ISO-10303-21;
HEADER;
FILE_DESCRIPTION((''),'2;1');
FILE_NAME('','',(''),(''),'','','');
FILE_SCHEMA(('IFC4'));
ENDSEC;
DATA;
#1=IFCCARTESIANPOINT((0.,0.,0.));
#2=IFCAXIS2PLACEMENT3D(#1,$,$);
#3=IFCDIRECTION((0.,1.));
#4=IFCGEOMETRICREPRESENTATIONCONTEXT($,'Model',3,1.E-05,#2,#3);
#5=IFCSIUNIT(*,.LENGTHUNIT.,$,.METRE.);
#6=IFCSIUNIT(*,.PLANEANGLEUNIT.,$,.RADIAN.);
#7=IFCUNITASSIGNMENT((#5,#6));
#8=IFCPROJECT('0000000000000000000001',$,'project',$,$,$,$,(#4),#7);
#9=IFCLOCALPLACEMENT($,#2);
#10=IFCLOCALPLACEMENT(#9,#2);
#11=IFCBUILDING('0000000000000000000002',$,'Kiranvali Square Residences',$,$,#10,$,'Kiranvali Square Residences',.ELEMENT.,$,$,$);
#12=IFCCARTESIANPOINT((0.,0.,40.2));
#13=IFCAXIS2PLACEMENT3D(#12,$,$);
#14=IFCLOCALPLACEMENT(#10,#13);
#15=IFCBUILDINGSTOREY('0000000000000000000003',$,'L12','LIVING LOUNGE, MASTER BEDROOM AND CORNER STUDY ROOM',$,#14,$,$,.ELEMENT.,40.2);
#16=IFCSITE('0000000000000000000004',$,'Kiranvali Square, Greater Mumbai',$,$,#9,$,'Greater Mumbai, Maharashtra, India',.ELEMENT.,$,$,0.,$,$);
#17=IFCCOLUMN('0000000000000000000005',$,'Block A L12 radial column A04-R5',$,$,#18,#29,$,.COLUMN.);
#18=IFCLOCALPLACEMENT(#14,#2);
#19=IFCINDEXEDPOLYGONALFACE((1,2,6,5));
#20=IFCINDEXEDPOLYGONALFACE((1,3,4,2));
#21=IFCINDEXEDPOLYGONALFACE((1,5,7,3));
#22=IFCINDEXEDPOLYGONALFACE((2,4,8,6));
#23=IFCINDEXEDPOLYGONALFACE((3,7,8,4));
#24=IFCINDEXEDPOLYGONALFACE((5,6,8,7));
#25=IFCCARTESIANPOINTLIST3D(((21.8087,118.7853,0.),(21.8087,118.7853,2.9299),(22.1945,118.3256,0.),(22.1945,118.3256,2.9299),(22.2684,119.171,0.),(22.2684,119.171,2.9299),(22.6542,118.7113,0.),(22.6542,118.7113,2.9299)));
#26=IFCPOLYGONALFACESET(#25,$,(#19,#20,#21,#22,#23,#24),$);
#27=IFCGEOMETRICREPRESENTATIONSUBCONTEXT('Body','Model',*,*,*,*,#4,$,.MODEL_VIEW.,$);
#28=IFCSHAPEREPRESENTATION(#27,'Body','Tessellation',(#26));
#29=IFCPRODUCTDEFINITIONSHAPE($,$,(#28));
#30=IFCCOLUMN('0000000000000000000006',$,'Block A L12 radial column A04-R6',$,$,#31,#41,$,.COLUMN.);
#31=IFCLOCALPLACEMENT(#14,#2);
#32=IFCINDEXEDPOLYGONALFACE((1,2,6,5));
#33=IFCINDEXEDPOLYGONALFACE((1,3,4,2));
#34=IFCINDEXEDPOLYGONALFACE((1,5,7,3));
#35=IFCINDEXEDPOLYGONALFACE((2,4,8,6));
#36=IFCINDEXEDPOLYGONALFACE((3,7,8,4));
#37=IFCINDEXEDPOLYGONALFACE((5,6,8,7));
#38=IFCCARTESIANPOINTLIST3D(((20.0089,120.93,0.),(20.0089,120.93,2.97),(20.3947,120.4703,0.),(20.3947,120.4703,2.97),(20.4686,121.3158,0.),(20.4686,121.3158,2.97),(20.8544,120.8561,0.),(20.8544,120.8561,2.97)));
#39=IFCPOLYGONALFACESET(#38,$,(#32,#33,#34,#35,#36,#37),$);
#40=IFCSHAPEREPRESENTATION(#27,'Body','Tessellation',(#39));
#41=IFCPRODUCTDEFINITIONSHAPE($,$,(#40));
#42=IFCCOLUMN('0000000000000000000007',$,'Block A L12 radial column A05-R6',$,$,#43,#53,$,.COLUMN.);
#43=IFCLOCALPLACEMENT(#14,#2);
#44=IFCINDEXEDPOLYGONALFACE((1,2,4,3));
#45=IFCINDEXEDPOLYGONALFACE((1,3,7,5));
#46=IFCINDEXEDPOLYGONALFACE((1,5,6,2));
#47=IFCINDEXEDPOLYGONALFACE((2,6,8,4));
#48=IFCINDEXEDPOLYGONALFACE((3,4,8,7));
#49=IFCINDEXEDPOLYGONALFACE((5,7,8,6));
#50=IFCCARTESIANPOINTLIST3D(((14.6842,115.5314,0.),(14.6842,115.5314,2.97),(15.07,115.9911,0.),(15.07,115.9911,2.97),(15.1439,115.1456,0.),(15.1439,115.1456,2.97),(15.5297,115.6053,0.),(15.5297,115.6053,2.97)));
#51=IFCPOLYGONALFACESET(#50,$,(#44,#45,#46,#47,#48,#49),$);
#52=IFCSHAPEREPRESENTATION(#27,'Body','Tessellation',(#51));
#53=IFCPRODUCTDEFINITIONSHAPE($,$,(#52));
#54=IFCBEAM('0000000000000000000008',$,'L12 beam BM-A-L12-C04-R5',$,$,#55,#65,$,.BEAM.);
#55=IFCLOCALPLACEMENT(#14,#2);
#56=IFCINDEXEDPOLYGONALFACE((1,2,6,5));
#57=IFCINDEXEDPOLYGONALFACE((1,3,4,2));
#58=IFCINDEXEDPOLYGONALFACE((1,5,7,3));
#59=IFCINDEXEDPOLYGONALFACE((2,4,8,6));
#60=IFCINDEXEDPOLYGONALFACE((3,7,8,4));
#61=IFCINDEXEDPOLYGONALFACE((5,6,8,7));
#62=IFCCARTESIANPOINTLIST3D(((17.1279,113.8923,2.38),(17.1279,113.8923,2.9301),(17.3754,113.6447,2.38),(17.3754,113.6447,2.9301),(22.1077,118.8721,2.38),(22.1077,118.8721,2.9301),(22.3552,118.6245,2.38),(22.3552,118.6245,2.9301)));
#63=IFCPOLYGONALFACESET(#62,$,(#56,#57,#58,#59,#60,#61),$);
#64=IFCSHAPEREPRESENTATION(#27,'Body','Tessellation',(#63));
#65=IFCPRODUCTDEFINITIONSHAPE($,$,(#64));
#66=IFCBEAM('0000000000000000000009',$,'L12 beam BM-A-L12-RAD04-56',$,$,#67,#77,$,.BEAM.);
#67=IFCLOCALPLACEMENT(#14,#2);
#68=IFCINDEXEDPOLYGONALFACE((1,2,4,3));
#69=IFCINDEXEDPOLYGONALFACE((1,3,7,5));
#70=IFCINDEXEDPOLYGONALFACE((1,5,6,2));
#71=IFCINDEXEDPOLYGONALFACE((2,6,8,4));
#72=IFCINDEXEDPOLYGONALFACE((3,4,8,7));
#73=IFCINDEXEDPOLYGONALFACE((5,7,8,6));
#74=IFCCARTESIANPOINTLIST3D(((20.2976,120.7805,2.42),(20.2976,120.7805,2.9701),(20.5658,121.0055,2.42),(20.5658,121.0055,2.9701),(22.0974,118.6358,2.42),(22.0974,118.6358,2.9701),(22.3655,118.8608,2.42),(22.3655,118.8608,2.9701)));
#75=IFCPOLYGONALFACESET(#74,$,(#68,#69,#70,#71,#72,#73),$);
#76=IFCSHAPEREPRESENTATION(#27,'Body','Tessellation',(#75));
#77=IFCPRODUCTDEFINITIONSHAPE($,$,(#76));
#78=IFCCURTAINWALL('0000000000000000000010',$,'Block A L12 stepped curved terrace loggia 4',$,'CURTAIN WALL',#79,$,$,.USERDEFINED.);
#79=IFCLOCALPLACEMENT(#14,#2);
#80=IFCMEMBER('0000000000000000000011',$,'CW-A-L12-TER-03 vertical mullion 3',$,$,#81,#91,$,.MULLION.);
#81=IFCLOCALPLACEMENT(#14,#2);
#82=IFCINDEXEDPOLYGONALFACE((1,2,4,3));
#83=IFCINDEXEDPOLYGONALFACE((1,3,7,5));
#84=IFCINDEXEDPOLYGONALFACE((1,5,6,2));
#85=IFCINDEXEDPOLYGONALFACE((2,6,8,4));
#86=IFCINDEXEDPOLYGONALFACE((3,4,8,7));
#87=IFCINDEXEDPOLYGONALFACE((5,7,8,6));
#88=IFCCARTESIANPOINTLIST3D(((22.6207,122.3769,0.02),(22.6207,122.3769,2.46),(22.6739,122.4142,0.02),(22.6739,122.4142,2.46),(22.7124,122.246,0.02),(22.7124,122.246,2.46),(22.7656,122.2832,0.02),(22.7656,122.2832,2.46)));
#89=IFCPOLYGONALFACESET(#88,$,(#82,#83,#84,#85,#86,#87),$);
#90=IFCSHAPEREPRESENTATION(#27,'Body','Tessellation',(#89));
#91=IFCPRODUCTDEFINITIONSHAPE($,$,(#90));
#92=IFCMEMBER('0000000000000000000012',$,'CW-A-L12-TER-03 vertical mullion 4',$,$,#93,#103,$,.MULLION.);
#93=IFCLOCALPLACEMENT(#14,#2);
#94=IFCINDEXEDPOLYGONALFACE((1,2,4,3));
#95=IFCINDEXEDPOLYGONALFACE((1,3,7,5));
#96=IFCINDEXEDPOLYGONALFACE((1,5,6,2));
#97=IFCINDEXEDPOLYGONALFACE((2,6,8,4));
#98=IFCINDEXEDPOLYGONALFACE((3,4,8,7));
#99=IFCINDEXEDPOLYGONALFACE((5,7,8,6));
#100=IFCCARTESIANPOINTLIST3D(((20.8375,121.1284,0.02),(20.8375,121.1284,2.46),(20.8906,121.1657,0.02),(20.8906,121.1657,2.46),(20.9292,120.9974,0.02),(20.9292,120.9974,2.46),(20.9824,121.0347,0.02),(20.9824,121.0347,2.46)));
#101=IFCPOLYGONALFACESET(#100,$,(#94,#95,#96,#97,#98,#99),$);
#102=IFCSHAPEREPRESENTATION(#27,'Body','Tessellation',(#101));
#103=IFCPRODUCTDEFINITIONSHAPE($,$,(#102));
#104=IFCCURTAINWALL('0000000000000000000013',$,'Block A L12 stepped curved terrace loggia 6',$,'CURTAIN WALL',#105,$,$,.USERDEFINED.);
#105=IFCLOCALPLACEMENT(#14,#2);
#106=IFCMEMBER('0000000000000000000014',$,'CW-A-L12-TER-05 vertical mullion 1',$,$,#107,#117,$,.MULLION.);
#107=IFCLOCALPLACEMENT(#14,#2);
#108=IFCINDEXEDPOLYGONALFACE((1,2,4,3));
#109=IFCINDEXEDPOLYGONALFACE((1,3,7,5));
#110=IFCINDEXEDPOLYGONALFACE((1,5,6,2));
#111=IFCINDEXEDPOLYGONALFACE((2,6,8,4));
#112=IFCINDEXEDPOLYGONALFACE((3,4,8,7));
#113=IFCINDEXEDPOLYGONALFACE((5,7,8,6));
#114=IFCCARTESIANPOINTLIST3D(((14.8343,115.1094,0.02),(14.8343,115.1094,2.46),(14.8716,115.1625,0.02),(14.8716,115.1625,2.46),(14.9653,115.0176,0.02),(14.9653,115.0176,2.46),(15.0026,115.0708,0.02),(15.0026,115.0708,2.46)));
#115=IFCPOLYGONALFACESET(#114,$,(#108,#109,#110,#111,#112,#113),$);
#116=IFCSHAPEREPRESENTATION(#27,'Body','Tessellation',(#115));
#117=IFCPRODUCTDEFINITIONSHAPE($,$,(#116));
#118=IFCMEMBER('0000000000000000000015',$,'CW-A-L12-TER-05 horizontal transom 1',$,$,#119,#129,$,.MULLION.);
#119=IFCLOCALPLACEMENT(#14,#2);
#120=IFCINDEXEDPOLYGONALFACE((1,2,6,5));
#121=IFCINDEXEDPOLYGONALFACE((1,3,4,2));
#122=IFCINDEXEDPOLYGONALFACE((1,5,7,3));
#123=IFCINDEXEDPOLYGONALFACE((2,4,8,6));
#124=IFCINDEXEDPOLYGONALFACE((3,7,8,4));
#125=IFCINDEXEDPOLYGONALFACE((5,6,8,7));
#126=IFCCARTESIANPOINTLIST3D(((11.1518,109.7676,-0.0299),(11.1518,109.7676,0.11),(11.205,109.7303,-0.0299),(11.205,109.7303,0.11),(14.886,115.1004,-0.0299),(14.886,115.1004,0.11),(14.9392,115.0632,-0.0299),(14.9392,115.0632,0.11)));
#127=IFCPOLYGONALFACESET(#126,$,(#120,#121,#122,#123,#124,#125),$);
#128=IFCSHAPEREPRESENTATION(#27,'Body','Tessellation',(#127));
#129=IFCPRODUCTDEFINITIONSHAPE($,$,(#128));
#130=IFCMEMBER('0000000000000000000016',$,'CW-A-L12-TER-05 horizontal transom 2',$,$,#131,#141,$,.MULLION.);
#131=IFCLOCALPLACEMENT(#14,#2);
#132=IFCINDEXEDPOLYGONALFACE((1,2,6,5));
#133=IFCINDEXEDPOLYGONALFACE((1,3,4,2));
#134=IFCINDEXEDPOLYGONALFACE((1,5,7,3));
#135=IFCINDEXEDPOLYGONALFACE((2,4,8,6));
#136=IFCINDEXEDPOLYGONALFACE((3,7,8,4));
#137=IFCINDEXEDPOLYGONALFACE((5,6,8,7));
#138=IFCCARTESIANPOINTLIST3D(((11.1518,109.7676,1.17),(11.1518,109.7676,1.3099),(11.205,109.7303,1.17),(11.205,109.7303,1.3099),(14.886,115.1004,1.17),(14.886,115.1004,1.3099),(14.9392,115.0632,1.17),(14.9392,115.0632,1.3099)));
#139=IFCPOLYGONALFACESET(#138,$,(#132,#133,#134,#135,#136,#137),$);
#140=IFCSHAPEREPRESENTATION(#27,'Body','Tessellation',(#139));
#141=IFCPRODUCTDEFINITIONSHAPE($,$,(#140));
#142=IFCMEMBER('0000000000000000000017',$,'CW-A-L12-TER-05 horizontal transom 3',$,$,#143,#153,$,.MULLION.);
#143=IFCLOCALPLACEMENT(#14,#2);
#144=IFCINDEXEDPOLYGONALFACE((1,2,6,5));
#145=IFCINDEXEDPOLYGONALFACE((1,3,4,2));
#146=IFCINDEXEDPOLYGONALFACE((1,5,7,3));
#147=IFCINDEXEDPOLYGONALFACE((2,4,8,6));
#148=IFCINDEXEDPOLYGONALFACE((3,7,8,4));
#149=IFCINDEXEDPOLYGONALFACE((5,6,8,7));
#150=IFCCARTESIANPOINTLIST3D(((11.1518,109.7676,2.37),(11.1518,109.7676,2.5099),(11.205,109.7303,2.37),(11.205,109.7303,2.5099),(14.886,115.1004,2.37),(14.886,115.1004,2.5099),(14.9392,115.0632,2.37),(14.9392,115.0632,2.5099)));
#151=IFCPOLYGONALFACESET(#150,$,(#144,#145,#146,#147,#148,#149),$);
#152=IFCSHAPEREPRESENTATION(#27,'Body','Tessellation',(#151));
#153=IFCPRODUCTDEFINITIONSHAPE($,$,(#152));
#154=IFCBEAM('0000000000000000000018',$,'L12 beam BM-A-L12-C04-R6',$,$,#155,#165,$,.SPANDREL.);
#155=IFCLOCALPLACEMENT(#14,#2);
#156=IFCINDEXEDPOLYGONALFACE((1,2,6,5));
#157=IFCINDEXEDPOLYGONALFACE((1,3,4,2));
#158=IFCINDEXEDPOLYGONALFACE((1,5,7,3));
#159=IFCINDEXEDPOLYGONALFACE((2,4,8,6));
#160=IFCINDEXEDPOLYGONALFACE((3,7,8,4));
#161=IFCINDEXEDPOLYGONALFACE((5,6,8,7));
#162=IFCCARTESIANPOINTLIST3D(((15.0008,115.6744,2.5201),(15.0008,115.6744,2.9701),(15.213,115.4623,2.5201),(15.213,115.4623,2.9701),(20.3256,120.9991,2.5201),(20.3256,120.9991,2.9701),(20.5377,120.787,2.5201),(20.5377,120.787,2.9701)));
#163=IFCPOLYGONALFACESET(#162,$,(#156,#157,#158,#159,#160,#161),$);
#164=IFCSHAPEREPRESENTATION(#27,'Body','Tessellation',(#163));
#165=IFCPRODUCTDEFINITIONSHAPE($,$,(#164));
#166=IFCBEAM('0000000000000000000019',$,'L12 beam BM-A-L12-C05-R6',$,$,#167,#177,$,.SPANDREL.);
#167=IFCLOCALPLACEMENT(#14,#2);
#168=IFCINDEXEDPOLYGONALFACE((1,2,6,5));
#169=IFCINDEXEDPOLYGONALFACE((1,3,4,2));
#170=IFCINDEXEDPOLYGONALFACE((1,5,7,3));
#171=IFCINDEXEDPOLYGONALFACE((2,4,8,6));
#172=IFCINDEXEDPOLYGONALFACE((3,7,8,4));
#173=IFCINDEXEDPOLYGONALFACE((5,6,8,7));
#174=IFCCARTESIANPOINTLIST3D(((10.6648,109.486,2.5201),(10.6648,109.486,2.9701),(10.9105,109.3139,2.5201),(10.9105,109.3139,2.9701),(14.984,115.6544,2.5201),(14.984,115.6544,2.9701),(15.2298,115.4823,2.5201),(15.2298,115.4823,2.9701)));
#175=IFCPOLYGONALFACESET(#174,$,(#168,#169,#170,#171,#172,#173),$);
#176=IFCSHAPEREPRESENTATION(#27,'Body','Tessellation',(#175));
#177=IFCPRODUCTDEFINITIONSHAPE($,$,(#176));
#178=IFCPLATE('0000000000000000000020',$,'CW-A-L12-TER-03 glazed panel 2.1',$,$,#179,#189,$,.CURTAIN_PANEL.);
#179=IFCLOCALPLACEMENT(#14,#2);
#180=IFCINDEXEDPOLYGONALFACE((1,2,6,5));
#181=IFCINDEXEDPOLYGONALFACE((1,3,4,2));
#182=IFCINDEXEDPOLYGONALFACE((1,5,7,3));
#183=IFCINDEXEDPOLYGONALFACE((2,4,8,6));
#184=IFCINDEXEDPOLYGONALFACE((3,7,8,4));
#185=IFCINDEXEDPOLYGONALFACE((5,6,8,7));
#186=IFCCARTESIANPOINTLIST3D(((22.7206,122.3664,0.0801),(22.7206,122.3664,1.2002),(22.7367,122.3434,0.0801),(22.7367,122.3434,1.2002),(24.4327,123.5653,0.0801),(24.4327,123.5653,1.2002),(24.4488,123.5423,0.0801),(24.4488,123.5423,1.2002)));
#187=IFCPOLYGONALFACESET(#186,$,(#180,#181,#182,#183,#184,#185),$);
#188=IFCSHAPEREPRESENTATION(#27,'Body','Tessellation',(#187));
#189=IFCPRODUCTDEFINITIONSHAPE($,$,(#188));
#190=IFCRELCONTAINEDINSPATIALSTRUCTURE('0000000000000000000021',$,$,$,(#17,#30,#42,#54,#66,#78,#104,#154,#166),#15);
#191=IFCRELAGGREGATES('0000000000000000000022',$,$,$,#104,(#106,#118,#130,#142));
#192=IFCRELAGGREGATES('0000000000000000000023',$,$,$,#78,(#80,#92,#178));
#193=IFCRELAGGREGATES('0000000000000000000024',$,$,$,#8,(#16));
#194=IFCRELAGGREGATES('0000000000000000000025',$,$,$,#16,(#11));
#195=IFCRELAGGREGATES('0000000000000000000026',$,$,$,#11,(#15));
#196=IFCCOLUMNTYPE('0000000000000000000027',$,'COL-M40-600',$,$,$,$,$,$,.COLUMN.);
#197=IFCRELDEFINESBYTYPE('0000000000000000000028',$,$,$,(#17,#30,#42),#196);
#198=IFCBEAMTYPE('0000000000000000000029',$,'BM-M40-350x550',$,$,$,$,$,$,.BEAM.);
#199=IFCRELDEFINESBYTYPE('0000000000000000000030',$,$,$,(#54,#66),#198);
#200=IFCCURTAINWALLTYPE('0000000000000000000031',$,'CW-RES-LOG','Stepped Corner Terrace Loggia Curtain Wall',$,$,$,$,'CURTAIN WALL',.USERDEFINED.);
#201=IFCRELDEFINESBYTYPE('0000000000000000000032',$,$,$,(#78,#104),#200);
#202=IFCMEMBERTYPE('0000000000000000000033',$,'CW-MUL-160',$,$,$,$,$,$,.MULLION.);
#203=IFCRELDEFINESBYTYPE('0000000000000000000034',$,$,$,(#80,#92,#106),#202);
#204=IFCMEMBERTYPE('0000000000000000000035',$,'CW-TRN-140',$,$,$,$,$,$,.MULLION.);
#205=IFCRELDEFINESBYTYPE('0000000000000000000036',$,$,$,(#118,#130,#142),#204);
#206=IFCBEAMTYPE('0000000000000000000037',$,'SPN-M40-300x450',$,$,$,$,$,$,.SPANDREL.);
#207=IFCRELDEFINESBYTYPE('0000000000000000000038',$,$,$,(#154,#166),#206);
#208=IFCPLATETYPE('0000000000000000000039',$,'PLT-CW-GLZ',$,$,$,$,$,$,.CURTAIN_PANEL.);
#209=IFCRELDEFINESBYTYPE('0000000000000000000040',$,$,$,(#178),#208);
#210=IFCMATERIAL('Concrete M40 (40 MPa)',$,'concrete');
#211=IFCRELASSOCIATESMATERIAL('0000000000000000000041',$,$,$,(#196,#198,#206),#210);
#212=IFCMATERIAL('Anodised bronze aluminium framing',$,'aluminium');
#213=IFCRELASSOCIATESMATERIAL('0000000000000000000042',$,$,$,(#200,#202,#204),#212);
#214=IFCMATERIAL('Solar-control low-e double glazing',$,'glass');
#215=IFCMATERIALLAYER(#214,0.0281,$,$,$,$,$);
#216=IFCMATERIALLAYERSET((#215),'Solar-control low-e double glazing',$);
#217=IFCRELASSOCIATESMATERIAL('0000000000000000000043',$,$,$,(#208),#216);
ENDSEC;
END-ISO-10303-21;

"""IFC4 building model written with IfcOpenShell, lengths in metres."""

from ifc_helpers import new_model, si_unit, direction, frame, origin, origin_2d, place, context, subcontext, project, spatial, rectangle, extrude, material, layer, layer_set, material_profile, profile_set, type_object, element, aggregate, save


model = new_model("IFC4")

# Units and contexts
model_context = context("Model", 3, precision=1e-05, world=origin(), true_north=direction((0.0, 1.0)))
body_context = subcontext(model_context, "Body", "Model", "MODEL_VIEW")
ifc_project = project(units=[si_unit("LENGTHUNIT", "METRE"), si_unit("PLANEANGLEUNIT", "RADIAN")], contexts=[model_context])

# Site, building, storey
site_placement = place(None, origin())
site = spatial("IfcSite", under=ifc_project, at=site_placement, Name="Kiranvali Square, Greater Mumbai", LongName="Greater Mumbai, Maharashtra, India", CompositionType="ELEMENT", RefElevation=0.0)
building_placement = place(site_placement, origin())
building = spatial("IfcBuilding", under=site, at=building_placement, Name="Kiranvali Square Residences", LongName="Kiranvali Square Residences", CompositionType="ELEMENT")
storey_placement = place(building_placement, frame((0.0, 0.0, 40.2)))
storey = spatial("IfcBuildingStorey", under=building, at=storey_placement, Name="L12", Description="LIVING LOUNGE, MASTER BEDROOM AND CORNER STUDY ROOM", CompositionType="ELEMENT", Elevation=40.2)

# Columns
ifc_material_1 = material(Name="Concrete M40 (40 MPa)", Category="concrete")
ifc_material_profile_1 = material_profile(ifc_material_1, rectangle(XDim=0.6001, YDim=0.6001, at=origin_2d()), Name="RC 600x600")
ifc_profile_set_1 = profile_set([ifc_material_profile_1], Name="Concrete M40 (40 MPa)")
column_type = type_object("IfcColumnType", Name="COL-M40-600", PredefinedType="COLUMN", material=ifc_profile_set_1)
column_placement = place(storey_placement, frame((22.2314, 118.7483, 0.0), z_axis=(0.0, 0.0, 1.0), x_axis=(0.766044, 0.642788, 0.0)))
element("IfcColumn", 1, at=column_placement, inside=storey, type_object=column_type, Name="Block A L12 radial column A04-R5", PredefinedType="COLUMN", context=body_context, shape_type="SweptSolid", body=[
    extrude(rectangle(XDim=0.6001, YDim=0.6001, at=origin_2d()), origin(), (0.0, 0.0, 1.0), 2.9299),
])
for number, where, z_axis, x_axis, name in (
    (2, (20.4316, 120.8931, 0.0), (0.0, 0.0, 1.0), (0.766044, 0.642788, 0.0), "Block A L12 radial column A04-R6"),
    (3, (15.1069, 115.5684, 0.0), (0.0, 0.0, 1.0), (0.642788, 0.766044, 0.0), "Block A L12 radial column A05-R6"),
):
    element("IfcColumn", number, at=place(storey_placement, frame(where, z_axis=z_axis, x_axis=x_axis)), inside=storey, type_object=column_type, Name=name, PredefinedType="COLUMN", context=body_context, shape_type="SweptSolid", body=[
        extrude(rectangle(XDim=0.6001, YDim=0.6001, at=origin_2d()), origin(), (0.0, 0.0, 1.0), 2.97),
    ])

# Beams
ifc_material_profile_2 = material_profile(ifc_material_1, rectangle(XDim=0.3501, YDim=0.55, at=origin_2d()), Name="RC 350x550")
ifc_profile_set_2 = profile_set([ifc_material_profile_2], Name="Concrete M40 (40 MPa)")
beam_type_1 = type_object("IfcBeamType", Name="BM-M40-350x550", PredefinedType="BEAM", material=ifc_profile_set_2)
beam_1_placement = place(storey_placement, frame((22.2314, 118.7483, 2.655), z_axis=(-0.707107, -0.707107, 0.0), x_axis=(0.707107, -0.707107, 0.0)))
element("IfcBeam", 4, at=beam_1_placement, inside=storey, type_object=beam_type_1, Name="L12 beam BM-A-L12-C04-R5", PredefinedType="BEAM", context=body_context, shape_type="SweptSolid", body=[
    extrude(rectangle(XDim=0.3501, YDim=0.55, at=origin_2d()), origin(), (0.0, 0.0, 1.0), 7.0425),
])
beam_2_placement = place(storey_placement, frame((22.2314, 118.7483, 2.6951), z_axis=(-0.642814, 0.766023, 0.0), x_axis=(-0.766023, -0.642814, 0.0)))
element("IfcBeam", 5, at=beam_2_placement, inside=storey, type_object=beam_type_1, Name="L12 beam BM-A-L12-RAD04-56", PredefinedType="BEAM", context=body_context, shape_type="SweptSolid", body=[
    extrude(rectangle(XDim=0.3501, YDim=0.55, at=origin_2d()), origin(), (0.0, 0.0, 1.0), 2.7998),
])

# Curtain walls, members
ifc_material_2 = material(Name="Anodised bronze aluminium framing", Category="aluminium")
curtain_wall_type = type_object("IfcCurtainWallType", Name="CW-RES-LOG", Description="Stepped Corner Terrace Loggia Curtain Wall", ElementType="CURTAIN WALL", PredefinedType="USERDEFINED", material=ifc_material_2)
curtain_wall_1_placement = place(storey_placement, origin())
curtain_wall_1 = element("IfcCurtainWall", 6, at=curtain_wall_1_placement, inside=storey, type_object=curtain_wall_type, Name="Block A L12 stepped curved terrace loggia 4", ObjectType="CURTAIN WALL", PredefinedType="USERDEFINED")
ifc_material_profile_3 = material_profile(ifc_material_2, rectangle(XDim=0.0649, YDim=0.1599, at=origin_2d()), Name="ALU 65x160")
ifc_profile_set_3 = profile_set([ifc_material_profile_3], Name="Anodised bronze aluminium framing")
member_type_1 = type_object("IfcMemberType", Name="CW-MUL-160", PredefinedType="MULLION", material=ifc_profile_set_3)
member_1_placement = place(storey_placement, frame((22.6931, 122.3301, 0.02), z_axis=(0.0, 0.0, 1.0), x_axis=(-0.819152, -0.573576, 0.0)))
member_1 = element("IfcMember", 7, at=member_1_placement, type_object=member_type_1, Name="CW-A-L12-TER-03 vertical mullion 3", PredefinedType="MULLION", context=body_context, shape_type="SweptSolid", body=[
    extrude(rectangle(XDim=0.0649, YDim=0.1599, at=origin_2d()), origin(), (0.0, 0.0, 1.0), 2.4399),
])
member_2_placement = place(storey_placement, frame((20.9099, 121.0815, 0.02), z_axis=(0.0, 0.0, 1.0), x_axis=(-0.819152, -0.573576, 0.0)))
member_2 = element("IfcMember", 8, at=member_2_placement, type_object=member_type_1, Name="CW-A-L12-TER-03 vertical mullion 4", PredefinedType="MULLION", context=body_context, shape_type="SweptSolid", body=[
    extrude(rectangle(XDim=0.0649, YDim=0.1599, at=origin_2d()), origin(), (0.0, 0.0, 1.0), 2.4399),
])
curtain_wall_2_placement = place(storey_placement, origin())
curtain_wall_2 = element("IfcCurtainWall", 9, at=curtain_wall_2_placement, inside=storey, type_object=curtain_wall_type, Name="Block A L12 stepped curved terrace loggia 6", ObjectType="CURTAIN WALL", PredefinedType="USERDEFINED")
member_3_placement = place(storey_placement, frame((14.9185, 115.0901, 0.02), z_axis=(0.0, 0.0, 1.0), x_axis=(-0.573576, -0.819152, 0.0)))
member_3 = element("IfcMember", 10, at=member_3_placement, type_object=member_type_1, Name="CW-A-L12-TER-05 vertical mullion 1", PredefinedType="MULLION", context=body_context, shape_type="SweptSolid", body=[
    extrude(rectangle(XDim=0.0649, YDim=0.1599, at=origin_2d()), origin(), (0.0, 0.0, 1.0), 2.4399),
])
ifc_material_profile_4 = material_profile(ifc_material_2, rectangle(XDim=0.0649, YDim=0.1399, at=origin_2d()), Name="ALU 65x140")
ifc_profile_set_4 = profile_set([ifc_material_profile_4], Name="Anodised bronze aluminium framing")
member_type_2 = type_object("IfcMemberType", Name="CW-TRN-140", PredefinedType="MULLION", material=ifc_profile_set_4)
member_4_placement = place(storey_placement, frame((14.9126, 115.0818, 0.04), z_axis=(-0.573586, -0.819146, 0.0), x_axis=(0.819146, -0.573586, 0.0)))
member_4 = element("IfcMember", 11, at=member_4_placement, type_object=member_type_2, Name="CW-A-L12-TER-05 horizontal transom 1", PredefinedType="MULLION", context=body_context, shape_type="SweptSolid", body=[
    extrude(rectangle(XDim=0.0649, YDim=0.1399, at=origin_2d()), origin(), (0.0, 0.0, 1.0), 6.5103),
])
member_5_placement = place(storey_placement, frame((14.9126, 115.0818, 1.24), z_axis=(-0.573586, -0.819146, 0.0), x_axis=(0.819146, -0.573586, 0.0)))
member_5 = element("IfcMember", 12, at=member_5_placement, type_object=member_type_2, Name="CW-A-L12-TER-05 horizontal transom 2", PredefinedType="MULLION", context=body_context, shape_type="SweptSolid", body=[
    extrude(rectangle(XDim=0.0649, YDim=0.1399, at=origin_2d()), origin(), (0.0, 0.0, 1.0), 6.5103),
])
member_6_placement = place(storey_placement, frame((14.9126, 115.0818, 2.4399), z_axis=(-0.573586, -0.819146, 0.0), x_axis=(0.819146, -0.573586, 0.0)))
member_6 = element("IfcMember", 13, at=member_6_placement, type_object=member_type_2, Name="CW-A-L12-TER-05 horizontal transom 3", PredefinedType="MULLION", context=body_context, shape_type="SweptSolid", body=[
    extrude(rectangle(XDim=0.0649, YDim=0.1399, at=origin_2d()), origin(), (0.0, 0.0, 1.0), 6.5103),
])
aggregate(curtain_wall_2, [member_3, member_4, member_5, member_6])

# Beams
ifc_material_profile_5 = material_profile(ifc_material_1, rectangle(XDim=0.3, YDim=0.45, at=origin_2d()), Name="RC 300x450")
ifc_profile_set_5 = profile_set([ifc_material_profile_5], Name="Concrete M40 (40 MPa)")
beam_type_2 = type_object("IfcBeamType", Name="SPN-M40-300x450", PredefinedType="SPANDREL", material=ifc_profile_set_5)
for number, where, z_axis, x_axis, name in (
    (14, (20.4316, 120.8931, 2.7451), (-0.707107, -0.707107, 0.0), (0.707107, -0.707107, 0.0), "L12 beam BM-A-L12-C04-R6"),
    (15, (15.1069, 115.5684, 2.7451), (-0.573589, -0.819144, 0.0), (0.819144, -0.573589, 0.0), "L12 beam BM-A-L12-C05-R6"),
):
    element("IfcBeam", number, at=place(storey_placement, frame(where, z_axis=z_axis, x_axis=x_axis)), inside=storey, type_object=beam_type_2, Name=name, PredefinedType="SPANDREL", context=body_context, shape_type="SweptSolid", body=[
        extrude(rectangle(XDim=0.3, YDim=0.45, at=origin_2d()), origin(), (0.0, 0.0, 1.0), 7.5303),
    ])

# Plate
ifc_material_3 = material(Name="Solar-control low-e double glazing", Category="glass")
ifc_layer_1 = layer(ifc_material_3, 0.0281)
ifc_layer_set_1 = layer_set([ifc_layer_1], Name="Solar-control low-e double glazing")
plate_type = type_object("IfcPlateType", Name="PLT-CW-GLZ", PredefinedType="CURTAIN_PANEL", material=ifc_layer_set_1)
plate_1_placement = place(storey_placement, frame((23.5847, 122.9543, 0.0801), z_axis=(0.0, 0.0, 1.0), x_axis=(-0.819152, -0.573576, 0.0)))
plate_1 = element("IfcPlate", 16, at=plate_1_placement, type_object=plate_type, Name="CW-A-L12-TER-03 glazed panel 2.1", PredefinedType="CURTAIN_PANEL", context=body_context, shape_type="SweptSolid", body=[
    extrude(rectangle(XDim=2.0901, YDim=0.0281, at=origin_2d()), origin(), (0.0, 0.0, 1.0), 1.1201),
])
aggregate(curtain_wall_1, [member_1, member_2, plate_1])

save(model, "model.ifc")
